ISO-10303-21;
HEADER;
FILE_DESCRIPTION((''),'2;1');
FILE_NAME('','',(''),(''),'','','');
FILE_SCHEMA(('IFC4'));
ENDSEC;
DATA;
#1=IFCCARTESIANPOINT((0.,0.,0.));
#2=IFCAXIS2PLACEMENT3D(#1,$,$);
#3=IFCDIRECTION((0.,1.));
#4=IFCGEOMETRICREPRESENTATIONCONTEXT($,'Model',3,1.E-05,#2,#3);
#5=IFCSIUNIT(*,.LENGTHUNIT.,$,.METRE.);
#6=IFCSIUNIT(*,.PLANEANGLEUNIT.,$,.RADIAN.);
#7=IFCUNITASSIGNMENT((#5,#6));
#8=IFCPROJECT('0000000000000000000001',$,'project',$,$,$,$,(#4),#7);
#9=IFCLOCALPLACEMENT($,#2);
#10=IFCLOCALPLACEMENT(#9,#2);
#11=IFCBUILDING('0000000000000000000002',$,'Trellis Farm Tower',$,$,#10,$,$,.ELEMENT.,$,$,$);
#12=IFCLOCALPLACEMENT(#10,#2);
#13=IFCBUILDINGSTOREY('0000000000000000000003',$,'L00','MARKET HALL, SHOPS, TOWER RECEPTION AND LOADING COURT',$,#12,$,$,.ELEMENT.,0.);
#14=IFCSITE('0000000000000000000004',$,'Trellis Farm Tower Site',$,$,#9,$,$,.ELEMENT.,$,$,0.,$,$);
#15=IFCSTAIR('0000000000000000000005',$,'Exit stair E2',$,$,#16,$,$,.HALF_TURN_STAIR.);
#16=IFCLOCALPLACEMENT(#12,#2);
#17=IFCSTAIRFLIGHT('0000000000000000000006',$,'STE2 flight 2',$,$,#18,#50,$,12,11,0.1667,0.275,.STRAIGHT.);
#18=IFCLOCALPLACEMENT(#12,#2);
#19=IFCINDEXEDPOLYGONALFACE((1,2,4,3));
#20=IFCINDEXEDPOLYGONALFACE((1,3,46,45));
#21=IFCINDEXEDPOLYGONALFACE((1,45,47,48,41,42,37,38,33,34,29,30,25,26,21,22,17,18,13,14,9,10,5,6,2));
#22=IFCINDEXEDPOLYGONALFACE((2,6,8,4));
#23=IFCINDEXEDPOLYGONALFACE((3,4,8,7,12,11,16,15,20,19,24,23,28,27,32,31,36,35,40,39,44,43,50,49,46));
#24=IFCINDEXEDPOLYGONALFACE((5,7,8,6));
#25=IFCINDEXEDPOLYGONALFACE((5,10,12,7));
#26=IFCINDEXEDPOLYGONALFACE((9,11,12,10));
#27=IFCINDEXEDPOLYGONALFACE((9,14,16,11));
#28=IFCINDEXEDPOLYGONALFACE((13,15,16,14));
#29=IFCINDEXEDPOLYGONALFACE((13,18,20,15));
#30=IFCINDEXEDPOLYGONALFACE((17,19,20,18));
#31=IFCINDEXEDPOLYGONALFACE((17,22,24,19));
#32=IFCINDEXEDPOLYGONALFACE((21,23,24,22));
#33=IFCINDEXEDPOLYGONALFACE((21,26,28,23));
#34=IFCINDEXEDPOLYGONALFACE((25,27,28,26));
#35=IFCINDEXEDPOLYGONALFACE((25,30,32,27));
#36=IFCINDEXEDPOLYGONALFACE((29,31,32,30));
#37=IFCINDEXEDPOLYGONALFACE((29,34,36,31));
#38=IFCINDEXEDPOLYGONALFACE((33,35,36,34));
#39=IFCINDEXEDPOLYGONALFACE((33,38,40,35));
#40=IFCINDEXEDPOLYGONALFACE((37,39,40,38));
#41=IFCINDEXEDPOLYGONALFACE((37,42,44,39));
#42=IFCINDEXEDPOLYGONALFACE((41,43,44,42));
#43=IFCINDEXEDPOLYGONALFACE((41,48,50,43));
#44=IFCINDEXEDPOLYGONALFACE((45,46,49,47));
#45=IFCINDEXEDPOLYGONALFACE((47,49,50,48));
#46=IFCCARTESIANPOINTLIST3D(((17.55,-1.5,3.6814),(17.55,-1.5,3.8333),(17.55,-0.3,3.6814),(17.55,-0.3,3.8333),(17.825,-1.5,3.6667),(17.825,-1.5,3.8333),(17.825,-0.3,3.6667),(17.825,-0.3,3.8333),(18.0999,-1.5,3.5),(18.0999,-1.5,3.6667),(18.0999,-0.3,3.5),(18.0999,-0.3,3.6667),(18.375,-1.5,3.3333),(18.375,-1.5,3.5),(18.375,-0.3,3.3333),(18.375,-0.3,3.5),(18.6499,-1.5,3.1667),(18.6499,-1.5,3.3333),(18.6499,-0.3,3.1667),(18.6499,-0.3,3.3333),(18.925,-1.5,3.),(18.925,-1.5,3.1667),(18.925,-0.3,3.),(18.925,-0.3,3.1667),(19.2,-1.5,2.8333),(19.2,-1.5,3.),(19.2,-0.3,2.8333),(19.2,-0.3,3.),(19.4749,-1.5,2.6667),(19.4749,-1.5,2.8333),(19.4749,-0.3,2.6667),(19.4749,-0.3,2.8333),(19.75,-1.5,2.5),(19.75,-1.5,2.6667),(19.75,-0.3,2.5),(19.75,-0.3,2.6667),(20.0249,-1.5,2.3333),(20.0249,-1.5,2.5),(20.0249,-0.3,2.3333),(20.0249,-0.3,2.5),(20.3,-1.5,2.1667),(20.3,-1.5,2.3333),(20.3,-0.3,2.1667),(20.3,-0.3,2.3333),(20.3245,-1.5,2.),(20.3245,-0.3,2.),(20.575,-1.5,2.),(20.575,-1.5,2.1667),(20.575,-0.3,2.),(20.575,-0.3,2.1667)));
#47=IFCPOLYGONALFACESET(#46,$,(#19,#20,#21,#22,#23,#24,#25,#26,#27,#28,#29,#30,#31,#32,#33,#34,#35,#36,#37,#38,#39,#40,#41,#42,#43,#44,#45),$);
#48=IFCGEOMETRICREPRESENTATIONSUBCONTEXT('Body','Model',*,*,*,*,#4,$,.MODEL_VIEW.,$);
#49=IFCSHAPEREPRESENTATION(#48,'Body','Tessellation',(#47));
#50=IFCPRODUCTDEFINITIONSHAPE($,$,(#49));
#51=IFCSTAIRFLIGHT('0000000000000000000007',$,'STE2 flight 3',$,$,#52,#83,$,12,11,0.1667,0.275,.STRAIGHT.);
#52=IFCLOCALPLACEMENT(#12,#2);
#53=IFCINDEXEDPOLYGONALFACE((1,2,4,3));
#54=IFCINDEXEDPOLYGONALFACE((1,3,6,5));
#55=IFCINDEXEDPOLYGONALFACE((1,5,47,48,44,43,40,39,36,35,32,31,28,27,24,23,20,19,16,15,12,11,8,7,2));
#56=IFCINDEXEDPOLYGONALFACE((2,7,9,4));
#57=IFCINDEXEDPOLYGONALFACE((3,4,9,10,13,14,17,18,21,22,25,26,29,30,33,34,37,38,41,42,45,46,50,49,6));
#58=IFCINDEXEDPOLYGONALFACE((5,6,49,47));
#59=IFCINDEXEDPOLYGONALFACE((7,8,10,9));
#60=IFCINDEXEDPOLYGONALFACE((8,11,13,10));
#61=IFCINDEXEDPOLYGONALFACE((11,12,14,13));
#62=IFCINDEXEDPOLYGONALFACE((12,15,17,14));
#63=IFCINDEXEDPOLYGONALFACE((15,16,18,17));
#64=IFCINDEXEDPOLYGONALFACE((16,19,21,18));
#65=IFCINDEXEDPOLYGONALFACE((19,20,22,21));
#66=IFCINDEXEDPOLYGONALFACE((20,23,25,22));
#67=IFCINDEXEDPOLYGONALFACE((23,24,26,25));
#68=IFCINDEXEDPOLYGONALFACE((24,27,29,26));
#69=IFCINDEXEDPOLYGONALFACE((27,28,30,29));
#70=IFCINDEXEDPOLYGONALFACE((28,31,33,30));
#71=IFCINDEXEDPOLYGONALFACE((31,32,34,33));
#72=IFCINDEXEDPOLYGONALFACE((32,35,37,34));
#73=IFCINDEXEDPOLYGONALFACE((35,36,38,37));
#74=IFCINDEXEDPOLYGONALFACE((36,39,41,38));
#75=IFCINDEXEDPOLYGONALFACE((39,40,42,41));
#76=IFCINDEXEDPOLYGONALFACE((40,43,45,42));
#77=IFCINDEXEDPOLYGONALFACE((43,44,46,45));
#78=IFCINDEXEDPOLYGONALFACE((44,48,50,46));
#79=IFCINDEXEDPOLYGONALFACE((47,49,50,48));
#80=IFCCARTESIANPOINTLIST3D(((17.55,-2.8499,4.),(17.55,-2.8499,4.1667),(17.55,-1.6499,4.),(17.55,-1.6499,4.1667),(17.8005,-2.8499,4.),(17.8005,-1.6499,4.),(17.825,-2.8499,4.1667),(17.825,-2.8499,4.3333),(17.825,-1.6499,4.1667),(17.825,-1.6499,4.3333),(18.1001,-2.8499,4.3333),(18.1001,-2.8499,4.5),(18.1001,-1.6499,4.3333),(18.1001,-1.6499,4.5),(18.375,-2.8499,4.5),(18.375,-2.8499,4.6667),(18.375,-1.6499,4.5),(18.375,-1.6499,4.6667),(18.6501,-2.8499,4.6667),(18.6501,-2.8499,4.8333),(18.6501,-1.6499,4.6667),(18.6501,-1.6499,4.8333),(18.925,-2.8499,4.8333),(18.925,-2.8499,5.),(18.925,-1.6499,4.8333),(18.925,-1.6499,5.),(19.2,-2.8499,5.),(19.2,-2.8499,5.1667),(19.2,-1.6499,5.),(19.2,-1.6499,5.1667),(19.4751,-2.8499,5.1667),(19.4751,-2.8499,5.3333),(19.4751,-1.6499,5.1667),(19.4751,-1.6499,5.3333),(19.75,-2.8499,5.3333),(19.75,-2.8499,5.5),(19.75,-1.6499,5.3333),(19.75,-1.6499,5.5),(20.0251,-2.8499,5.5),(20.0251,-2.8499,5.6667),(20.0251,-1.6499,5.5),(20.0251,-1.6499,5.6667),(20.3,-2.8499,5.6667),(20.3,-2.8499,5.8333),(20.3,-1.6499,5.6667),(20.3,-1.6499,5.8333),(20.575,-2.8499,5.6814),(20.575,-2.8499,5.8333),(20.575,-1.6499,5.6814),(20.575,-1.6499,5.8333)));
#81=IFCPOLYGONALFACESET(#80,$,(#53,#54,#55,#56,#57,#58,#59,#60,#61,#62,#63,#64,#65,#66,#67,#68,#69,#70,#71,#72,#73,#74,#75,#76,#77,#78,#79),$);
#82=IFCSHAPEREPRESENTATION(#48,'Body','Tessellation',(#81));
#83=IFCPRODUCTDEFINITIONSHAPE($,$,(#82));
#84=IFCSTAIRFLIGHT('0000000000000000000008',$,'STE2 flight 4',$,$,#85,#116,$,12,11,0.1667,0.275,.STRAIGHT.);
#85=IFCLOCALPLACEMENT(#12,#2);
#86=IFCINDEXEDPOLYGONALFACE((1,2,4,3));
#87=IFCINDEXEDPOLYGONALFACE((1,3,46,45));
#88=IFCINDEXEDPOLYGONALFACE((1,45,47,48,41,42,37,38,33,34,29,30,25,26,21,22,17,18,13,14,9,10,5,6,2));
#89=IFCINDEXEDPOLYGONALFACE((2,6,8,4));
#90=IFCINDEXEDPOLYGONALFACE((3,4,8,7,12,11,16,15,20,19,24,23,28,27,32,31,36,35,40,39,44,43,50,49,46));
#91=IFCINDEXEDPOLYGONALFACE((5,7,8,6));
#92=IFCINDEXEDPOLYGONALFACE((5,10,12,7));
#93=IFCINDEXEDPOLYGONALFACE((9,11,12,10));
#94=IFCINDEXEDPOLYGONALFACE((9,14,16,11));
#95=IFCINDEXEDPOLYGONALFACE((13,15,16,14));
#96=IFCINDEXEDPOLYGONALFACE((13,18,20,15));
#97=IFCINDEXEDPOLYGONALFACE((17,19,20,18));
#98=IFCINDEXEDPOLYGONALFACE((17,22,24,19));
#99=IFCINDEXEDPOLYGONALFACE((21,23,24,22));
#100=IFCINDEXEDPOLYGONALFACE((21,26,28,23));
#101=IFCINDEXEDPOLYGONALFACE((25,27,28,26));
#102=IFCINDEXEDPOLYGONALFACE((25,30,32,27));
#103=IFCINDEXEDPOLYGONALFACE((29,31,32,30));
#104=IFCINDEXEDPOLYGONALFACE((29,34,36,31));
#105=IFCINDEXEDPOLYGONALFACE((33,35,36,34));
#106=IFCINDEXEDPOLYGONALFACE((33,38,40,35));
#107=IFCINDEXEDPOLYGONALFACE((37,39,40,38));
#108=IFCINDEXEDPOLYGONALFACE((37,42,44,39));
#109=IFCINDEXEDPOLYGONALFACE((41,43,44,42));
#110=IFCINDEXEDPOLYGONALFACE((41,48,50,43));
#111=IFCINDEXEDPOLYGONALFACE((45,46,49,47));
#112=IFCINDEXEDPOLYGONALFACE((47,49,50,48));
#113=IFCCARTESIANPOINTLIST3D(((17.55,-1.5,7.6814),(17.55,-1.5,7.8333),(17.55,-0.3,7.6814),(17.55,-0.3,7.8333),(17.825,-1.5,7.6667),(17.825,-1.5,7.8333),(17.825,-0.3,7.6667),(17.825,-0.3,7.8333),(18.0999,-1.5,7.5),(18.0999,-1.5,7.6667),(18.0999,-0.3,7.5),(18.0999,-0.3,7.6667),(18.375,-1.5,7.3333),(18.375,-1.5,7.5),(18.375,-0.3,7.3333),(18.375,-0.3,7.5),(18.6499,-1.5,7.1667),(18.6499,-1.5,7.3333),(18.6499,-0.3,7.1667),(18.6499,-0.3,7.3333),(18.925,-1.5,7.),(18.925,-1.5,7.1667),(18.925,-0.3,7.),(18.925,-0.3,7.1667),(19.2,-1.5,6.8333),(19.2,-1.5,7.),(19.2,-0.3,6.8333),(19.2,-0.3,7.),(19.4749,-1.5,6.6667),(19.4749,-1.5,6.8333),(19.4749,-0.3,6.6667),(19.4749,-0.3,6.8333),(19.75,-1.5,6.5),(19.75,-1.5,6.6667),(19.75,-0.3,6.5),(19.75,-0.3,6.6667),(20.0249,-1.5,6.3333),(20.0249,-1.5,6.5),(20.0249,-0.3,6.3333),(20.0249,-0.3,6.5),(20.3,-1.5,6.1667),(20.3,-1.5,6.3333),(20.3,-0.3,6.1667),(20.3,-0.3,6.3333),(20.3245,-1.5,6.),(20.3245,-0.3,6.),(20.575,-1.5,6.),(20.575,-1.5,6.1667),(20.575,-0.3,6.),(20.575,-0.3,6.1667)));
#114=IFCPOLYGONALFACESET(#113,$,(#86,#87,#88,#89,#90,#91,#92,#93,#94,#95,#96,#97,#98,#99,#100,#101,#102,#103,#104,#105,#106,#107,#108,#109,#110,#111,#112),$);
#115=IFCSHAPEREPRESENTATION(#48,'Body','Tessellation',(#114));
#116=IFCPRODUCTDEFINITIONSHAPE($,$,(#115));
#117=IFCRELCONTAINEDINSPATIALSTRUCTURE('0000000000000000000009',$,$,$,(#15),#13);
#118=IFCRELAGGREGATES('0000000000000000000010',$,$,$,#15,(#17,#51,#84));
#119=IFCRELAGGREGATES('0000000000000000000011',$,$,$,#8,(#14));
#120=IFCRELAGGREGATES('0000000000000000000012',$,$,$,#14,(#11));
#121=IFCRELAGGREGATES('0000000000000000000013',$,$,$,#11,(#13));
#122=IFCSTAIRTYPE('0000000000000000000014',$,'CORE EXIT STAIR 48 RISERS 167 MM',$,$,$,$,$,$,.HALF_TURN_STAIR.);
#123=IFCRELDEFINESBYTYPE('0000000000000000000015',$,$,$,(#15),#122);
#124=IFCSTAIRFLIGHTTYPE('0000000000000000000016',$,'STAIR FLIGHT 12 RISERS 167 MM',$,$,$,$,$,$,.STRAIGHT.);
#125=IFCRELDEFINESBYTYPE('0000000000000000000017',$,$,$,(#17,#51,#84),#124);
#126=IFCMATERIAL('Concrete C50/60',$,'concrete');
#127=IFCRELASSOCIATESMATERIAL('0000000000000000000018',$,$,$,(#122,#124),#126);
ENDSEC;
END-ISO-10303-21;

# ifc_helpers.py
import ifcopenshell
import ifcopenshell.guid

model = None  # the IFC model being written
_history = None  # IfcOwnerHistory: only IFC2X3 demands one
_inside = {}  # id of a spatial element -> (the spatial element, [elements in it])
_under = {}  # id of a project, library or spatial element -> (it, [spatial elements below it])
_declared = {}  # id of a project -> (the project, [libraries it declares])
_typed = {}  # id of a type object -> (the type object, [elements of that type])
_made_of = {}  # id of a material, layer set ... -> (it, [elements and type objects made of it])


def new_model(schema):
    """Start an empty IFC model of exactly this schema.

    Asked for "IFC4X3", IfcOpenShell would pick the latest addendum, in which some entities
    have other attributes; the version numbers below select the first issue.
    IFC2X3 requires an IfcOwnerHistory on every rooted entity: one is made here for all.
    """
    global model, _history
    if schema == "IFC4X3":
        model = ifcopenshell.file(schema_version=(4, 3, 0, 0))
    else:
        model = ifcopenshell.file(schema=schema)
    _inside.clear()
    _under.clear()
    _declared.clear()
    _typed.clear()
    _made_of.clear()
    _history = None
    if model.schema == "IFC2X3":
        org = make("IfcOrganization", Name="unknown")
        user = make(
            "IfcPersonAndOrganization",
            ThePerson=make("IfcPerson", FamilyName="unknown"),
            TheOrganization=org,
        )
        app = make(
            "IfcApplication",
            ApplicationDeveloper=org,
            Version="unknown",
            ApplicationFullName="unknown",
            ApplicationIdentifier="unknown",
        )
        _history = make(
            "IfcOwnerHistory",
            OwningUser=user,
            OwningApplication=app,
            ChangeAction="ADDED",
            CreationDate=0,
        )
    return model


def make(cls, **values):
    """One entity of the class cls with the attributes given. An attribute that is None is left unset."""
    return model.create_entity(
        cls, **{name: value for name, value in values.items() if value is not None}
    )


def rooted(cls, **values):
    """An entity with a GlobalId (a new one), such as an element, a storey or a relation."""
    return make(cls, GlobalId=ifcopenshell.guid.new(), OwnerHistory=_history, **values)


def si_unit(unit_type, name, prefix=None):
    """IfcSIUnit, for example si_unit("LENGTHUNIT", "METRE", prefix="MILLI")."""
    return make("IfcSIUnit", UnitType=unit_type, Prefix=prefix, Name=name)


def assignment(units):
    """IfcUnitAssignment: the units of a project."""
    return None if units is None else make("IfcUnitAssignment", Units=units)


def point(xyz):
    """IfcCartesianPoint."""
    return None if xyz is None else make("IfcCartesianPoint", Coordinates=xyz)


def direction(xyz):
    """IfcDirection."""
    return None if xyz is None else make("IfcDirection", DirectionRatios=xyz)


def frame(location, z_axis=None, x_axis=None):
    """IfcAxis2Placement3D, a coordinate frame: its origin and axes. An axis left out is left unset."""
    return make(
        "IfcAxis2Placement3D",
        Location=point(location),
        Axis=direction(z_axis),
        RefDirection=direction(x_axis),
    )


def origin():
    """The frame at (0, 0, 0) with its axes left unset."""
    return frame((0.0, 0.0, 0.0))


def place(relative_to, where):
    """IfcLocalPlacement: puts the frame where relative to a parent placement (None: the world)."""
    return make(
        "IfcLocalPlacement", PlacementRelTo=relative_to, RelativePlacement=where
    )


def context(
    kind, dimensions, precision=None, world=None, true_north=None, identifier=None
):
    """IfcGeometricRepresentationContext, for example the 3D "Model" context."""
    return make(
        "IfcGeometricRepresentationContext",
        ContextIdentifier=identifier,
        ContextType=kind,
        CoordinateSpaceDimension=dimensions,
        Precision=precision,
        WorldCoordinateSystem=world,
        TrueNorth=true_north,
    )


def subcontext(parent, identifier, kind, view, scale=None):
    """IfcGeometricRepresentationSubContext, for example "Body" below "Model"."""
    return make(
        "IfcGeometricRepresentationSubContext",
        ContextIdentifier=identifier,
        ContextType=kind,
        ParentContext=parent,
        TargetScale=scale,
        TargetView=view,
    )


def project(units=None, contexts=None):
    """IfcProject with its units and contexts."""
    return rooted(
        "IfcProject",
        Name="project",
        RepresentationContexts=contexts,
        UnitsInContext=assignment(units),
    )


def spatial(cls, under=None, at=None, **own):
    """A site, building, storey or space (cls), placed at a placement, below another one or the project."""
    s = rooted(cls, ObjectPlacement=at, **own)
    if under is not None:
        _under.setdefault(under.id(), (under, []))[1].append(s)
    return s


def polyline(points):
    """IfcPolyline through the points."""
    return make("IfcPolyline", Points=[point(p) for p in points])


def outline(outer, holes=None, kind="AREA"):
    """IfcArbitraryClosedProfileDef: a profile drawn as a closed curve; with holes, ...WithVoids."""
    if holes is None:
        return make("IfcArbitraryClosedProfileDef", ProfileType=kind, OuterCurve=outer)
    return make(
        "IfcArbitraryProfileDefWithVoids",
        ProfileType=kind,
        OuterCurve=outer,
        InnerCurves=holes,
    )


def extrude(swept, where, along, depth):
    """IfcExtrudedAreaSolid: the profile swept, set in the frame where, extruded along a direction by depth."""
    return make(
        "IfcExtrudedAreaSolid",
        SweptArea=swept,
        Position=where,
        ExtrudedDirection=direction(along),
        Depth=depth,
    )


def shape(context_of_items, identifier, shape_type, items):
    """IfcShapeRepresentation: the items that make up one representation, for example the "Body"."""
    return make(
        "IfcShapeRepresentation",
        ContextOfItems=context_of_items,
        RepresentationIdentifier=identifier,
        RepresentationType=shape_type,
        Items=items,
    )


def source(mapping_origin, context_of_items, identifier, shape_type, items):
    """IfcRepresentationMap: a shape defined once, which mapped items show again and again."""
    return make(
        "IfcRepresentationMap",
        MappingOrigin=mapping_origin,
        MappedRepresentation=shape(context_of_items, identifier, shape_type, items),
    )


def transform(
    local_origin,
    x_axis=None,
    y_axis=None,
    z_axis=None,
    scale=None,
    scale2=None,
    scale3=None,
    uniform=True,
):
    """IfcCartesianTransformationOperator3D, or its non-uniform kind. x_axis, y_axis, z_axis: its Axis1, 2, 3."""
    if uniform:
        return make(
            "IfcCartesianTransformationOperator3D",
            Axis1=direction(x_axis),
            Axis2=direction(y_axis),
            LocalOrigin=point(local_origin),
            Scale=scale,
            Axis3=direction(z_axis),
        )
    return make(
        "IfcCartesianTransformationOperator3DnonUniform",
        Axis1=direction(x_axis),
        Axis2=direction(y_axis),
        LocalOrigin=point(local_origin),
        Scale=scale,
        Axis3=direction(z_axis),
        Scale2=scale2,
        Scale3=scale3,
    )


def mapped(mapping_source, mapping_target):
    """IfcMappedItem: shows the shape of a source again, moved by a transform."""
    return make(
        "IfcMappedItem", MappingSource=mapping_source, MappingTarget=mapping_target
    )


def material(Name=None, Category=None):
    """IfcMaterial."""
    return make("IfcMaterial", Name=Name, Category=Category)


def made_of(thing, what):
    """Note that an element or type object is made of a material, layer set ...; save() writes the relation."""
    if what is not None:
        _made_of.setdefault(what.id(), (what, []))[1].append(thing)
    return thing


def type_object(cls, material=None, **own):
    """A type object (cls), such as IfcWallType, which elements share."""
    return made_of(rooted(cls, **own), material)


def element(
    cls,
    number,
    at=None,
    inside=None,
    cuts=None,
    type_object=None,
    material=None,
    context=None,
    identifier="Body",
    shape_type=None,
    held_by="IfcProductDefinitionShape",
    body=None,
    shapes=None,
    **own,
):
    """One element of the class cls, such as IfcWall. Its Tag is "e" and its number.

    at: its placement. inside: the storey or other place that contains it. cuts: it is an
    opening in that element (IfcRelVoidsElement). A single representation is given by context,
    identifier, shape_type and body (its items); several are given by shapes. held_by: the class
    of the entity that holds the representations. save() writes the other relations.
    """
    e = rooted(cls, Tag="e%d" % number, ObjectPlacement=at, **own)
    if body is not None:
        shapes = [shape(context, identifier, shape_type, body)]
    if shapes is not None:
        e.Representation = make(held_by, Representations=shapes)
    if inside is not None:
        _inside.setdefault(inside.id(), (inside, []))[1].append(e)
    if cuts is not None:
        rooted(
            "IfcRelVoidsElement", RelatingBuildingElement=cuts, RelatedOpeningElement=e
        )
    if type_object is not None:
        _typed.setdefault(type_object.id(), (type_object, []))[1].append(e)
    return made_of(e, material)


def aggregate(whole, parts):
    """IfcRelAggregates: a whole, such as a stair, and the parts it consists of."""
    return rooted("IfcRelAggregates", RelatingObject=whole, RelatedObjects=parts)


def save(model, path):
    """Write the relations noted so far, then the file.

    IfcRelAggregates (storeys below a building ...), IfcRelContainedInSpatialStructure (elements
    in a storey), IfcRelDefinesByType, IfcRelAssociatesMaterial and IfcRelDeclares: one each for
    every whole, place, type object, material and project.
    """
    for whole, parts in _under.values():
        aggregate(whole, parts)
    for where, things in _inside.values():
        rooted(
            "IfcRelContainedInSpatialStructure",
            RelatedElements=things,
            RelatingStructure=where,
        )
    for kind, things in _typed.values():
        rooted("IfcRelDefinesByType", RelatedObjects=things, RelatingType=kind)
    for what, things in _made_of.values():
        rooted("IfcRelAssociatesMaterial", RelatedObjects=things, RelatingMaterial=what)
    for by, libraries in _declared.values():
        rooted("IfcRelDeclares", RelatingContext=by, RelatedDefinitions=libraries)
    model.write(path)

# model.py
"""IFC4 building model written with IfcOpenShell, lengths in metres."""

from ifc_helpers import new_model, si_unit, direction, frame, origin, place, context, subcontext, project, spatial, polyline, outline, extrude, source, transform, mapped, material, type_object, element, aggregate, save


model = new_model("IFC4")

# Units and contexts
model_context = context("Model", 3, precision=1e-05, world=origin(), true_north=direction((0.0, 1.0)))
body_context = subcontext(model_context, "Body", "Model", "MODEL_VIEW")
ifc_project = project(units=[si_unit("LENGTHUNIT", "METRE"), si_unit("PLANEANGLEUNIT", "RADIAN")], contexts=[model_context])

# Site, building, storey
site_placement = place(None, origin())
site = spatial("IfcSite", under=ifc_project, at=site_placement, Name="Trellis Farm Tower Site", CompositionType="ELEMENT", RefElevation=0.0)
building_placement = place(site_placement, origin())
building = spatial("IfcBuilding", under=site, at=building_placement, Name="Trellis Farm Tower", CompositionType="ELEMENT")
storey_placement = place(building_placement, origin())
storey = spatial("IfcBuildingStorey", under=building, at=storey_placement, Name="L00", Description="MARKET HALL, SHOPS, TOWER RECEPTION AND LOADING COURT", CompositionType="ELEMENT", Elevation=0.0)

# Stair, stair flights
ifc_material_1 = material(Name="Concrete C50/60", Category="concrete")
stair_type = type_object("IfcStairType", Name="CORE EXIT STAIR 48 RISERS 167 MM", PredefinedType="HALF_TURN_STAIR", material=ifc_material_1)
placement = place(storey_placement, origin())
stair_flight_type = type_object("IfcStairFlightType", Name="STAIR FLIGHT 12 RISERS 167 MM", PredefinedType="STRAIGHT", material=ifc_material_1)
shared_shape_1 = source(origin(), body_context, "Body", "SweptSolid", [
    extrude(outline(polyline([(0.0, 0.0), (0.0, 0.1667), (0.2749, 0.1667), (0.2749, 0.3333), (0.55, 0.3333), (0.55, 0.5), (0.825, 0.5), (0.825, 0.6667), (1.1001, 0.6667), (1.1001, 0.8333), (1.375, 0.8333), (1.375, 1.0), (1.6499, 1.0), (1.6499, 1.1667), (1.925, 1.1667), (1.925, 1.3333), (2.2, 1.3333), (2.2, 1.5), (2.4751, 1.5), (2.4751, 1.6667), (2.75, 1.6667), (2.75, 1.8333), (3.0249, 1.8333), (3.0249, 2.0), (3.0249, 1.6814), (0.2505, 0.0), (0.0, 0.0)])), frame((0.0, 0.6001, 0.0), z_axis=(0.0, -1.0, 0.0), x_axis=(1.0, 0.0, 0.0)), (0.0, 0.0, 1.0), 1.2),
])
stair_1 = element("IfcStair", 1, at=placement, inside=storey, type_object=stair_type, Name="Exit stair E2", PredefinedType="HALF_TURN_STAIR")
stair_flight_1_placement = place(storey_placement, frame((20.575, -0.8999, 2.0), z_axis=(0.0, 0.0, 1.0), x_axis=(-1.0, 0.0, 0.0)))
stair_flight_1 = element("IfcStairFlight", 2, at=stair_flight_1_placement, type_object=stair_flight_type, Name="STE2 flight 2", NumberOfRisers=12, NumberOfTreads=11, PredefinedType="STRAIGHT", RiserHeight=0.1667, TreadLength=0.275, context=body_context, shape_type="MappedRepresentation", body=[
    mapped(shared_shape_1, transform((0.0, 0.0, 0.0))),
])
stair_flight_2_placement = place(storey_placement, frame((17.55, -2.25, 4.0), z_axis=(0.0, 0.0, 1.0), x_axis=(1.0, 0.0, 0.0)))
stair_flight_2 = element("IfcStairFlight", 3, at=stair_flight_2_placement, type_object=stair_flight_type, Name="STE2 flight 3", NumberOfRisers=12, NumberOfTreads=11, PredefinedType="STRAIGHT", RiserHeight=0.1667, TreadLength=0.275, context=body_context, shape_type="MappedRepresentation", body=[
    mapped(shared_shape_1, transform((0.0, 0.0, 0.0))),
])
stair_flight_3_placement = place(storey_placement, frame((20.575, -0.8999, 6.0), z_axis=(0.0, 0.0, 1.0), x_axis=(-1.0, 0.0, 0.0)))
stair_flight_3 = element("IfcStairFlight", 4, at=stair_flight_3_placement, type_object=stair_flight_type, Name="STE2 flight 4", NumberOfRisers=12, NumberOfTreads=11, PredefinedType="STRAIGHT", RiserHeight=0.1667, TreadLength=0.275, context=body_context, shape_type="MappedRepresentation", body=[
    mapped(shared_shape_1, transform((0.0, 0.0, 0.0))),
])
aggregate(stair_1, [stair_flight_1, stair_flight_2, stair_flight_3])

save(model, "model.ifc")
